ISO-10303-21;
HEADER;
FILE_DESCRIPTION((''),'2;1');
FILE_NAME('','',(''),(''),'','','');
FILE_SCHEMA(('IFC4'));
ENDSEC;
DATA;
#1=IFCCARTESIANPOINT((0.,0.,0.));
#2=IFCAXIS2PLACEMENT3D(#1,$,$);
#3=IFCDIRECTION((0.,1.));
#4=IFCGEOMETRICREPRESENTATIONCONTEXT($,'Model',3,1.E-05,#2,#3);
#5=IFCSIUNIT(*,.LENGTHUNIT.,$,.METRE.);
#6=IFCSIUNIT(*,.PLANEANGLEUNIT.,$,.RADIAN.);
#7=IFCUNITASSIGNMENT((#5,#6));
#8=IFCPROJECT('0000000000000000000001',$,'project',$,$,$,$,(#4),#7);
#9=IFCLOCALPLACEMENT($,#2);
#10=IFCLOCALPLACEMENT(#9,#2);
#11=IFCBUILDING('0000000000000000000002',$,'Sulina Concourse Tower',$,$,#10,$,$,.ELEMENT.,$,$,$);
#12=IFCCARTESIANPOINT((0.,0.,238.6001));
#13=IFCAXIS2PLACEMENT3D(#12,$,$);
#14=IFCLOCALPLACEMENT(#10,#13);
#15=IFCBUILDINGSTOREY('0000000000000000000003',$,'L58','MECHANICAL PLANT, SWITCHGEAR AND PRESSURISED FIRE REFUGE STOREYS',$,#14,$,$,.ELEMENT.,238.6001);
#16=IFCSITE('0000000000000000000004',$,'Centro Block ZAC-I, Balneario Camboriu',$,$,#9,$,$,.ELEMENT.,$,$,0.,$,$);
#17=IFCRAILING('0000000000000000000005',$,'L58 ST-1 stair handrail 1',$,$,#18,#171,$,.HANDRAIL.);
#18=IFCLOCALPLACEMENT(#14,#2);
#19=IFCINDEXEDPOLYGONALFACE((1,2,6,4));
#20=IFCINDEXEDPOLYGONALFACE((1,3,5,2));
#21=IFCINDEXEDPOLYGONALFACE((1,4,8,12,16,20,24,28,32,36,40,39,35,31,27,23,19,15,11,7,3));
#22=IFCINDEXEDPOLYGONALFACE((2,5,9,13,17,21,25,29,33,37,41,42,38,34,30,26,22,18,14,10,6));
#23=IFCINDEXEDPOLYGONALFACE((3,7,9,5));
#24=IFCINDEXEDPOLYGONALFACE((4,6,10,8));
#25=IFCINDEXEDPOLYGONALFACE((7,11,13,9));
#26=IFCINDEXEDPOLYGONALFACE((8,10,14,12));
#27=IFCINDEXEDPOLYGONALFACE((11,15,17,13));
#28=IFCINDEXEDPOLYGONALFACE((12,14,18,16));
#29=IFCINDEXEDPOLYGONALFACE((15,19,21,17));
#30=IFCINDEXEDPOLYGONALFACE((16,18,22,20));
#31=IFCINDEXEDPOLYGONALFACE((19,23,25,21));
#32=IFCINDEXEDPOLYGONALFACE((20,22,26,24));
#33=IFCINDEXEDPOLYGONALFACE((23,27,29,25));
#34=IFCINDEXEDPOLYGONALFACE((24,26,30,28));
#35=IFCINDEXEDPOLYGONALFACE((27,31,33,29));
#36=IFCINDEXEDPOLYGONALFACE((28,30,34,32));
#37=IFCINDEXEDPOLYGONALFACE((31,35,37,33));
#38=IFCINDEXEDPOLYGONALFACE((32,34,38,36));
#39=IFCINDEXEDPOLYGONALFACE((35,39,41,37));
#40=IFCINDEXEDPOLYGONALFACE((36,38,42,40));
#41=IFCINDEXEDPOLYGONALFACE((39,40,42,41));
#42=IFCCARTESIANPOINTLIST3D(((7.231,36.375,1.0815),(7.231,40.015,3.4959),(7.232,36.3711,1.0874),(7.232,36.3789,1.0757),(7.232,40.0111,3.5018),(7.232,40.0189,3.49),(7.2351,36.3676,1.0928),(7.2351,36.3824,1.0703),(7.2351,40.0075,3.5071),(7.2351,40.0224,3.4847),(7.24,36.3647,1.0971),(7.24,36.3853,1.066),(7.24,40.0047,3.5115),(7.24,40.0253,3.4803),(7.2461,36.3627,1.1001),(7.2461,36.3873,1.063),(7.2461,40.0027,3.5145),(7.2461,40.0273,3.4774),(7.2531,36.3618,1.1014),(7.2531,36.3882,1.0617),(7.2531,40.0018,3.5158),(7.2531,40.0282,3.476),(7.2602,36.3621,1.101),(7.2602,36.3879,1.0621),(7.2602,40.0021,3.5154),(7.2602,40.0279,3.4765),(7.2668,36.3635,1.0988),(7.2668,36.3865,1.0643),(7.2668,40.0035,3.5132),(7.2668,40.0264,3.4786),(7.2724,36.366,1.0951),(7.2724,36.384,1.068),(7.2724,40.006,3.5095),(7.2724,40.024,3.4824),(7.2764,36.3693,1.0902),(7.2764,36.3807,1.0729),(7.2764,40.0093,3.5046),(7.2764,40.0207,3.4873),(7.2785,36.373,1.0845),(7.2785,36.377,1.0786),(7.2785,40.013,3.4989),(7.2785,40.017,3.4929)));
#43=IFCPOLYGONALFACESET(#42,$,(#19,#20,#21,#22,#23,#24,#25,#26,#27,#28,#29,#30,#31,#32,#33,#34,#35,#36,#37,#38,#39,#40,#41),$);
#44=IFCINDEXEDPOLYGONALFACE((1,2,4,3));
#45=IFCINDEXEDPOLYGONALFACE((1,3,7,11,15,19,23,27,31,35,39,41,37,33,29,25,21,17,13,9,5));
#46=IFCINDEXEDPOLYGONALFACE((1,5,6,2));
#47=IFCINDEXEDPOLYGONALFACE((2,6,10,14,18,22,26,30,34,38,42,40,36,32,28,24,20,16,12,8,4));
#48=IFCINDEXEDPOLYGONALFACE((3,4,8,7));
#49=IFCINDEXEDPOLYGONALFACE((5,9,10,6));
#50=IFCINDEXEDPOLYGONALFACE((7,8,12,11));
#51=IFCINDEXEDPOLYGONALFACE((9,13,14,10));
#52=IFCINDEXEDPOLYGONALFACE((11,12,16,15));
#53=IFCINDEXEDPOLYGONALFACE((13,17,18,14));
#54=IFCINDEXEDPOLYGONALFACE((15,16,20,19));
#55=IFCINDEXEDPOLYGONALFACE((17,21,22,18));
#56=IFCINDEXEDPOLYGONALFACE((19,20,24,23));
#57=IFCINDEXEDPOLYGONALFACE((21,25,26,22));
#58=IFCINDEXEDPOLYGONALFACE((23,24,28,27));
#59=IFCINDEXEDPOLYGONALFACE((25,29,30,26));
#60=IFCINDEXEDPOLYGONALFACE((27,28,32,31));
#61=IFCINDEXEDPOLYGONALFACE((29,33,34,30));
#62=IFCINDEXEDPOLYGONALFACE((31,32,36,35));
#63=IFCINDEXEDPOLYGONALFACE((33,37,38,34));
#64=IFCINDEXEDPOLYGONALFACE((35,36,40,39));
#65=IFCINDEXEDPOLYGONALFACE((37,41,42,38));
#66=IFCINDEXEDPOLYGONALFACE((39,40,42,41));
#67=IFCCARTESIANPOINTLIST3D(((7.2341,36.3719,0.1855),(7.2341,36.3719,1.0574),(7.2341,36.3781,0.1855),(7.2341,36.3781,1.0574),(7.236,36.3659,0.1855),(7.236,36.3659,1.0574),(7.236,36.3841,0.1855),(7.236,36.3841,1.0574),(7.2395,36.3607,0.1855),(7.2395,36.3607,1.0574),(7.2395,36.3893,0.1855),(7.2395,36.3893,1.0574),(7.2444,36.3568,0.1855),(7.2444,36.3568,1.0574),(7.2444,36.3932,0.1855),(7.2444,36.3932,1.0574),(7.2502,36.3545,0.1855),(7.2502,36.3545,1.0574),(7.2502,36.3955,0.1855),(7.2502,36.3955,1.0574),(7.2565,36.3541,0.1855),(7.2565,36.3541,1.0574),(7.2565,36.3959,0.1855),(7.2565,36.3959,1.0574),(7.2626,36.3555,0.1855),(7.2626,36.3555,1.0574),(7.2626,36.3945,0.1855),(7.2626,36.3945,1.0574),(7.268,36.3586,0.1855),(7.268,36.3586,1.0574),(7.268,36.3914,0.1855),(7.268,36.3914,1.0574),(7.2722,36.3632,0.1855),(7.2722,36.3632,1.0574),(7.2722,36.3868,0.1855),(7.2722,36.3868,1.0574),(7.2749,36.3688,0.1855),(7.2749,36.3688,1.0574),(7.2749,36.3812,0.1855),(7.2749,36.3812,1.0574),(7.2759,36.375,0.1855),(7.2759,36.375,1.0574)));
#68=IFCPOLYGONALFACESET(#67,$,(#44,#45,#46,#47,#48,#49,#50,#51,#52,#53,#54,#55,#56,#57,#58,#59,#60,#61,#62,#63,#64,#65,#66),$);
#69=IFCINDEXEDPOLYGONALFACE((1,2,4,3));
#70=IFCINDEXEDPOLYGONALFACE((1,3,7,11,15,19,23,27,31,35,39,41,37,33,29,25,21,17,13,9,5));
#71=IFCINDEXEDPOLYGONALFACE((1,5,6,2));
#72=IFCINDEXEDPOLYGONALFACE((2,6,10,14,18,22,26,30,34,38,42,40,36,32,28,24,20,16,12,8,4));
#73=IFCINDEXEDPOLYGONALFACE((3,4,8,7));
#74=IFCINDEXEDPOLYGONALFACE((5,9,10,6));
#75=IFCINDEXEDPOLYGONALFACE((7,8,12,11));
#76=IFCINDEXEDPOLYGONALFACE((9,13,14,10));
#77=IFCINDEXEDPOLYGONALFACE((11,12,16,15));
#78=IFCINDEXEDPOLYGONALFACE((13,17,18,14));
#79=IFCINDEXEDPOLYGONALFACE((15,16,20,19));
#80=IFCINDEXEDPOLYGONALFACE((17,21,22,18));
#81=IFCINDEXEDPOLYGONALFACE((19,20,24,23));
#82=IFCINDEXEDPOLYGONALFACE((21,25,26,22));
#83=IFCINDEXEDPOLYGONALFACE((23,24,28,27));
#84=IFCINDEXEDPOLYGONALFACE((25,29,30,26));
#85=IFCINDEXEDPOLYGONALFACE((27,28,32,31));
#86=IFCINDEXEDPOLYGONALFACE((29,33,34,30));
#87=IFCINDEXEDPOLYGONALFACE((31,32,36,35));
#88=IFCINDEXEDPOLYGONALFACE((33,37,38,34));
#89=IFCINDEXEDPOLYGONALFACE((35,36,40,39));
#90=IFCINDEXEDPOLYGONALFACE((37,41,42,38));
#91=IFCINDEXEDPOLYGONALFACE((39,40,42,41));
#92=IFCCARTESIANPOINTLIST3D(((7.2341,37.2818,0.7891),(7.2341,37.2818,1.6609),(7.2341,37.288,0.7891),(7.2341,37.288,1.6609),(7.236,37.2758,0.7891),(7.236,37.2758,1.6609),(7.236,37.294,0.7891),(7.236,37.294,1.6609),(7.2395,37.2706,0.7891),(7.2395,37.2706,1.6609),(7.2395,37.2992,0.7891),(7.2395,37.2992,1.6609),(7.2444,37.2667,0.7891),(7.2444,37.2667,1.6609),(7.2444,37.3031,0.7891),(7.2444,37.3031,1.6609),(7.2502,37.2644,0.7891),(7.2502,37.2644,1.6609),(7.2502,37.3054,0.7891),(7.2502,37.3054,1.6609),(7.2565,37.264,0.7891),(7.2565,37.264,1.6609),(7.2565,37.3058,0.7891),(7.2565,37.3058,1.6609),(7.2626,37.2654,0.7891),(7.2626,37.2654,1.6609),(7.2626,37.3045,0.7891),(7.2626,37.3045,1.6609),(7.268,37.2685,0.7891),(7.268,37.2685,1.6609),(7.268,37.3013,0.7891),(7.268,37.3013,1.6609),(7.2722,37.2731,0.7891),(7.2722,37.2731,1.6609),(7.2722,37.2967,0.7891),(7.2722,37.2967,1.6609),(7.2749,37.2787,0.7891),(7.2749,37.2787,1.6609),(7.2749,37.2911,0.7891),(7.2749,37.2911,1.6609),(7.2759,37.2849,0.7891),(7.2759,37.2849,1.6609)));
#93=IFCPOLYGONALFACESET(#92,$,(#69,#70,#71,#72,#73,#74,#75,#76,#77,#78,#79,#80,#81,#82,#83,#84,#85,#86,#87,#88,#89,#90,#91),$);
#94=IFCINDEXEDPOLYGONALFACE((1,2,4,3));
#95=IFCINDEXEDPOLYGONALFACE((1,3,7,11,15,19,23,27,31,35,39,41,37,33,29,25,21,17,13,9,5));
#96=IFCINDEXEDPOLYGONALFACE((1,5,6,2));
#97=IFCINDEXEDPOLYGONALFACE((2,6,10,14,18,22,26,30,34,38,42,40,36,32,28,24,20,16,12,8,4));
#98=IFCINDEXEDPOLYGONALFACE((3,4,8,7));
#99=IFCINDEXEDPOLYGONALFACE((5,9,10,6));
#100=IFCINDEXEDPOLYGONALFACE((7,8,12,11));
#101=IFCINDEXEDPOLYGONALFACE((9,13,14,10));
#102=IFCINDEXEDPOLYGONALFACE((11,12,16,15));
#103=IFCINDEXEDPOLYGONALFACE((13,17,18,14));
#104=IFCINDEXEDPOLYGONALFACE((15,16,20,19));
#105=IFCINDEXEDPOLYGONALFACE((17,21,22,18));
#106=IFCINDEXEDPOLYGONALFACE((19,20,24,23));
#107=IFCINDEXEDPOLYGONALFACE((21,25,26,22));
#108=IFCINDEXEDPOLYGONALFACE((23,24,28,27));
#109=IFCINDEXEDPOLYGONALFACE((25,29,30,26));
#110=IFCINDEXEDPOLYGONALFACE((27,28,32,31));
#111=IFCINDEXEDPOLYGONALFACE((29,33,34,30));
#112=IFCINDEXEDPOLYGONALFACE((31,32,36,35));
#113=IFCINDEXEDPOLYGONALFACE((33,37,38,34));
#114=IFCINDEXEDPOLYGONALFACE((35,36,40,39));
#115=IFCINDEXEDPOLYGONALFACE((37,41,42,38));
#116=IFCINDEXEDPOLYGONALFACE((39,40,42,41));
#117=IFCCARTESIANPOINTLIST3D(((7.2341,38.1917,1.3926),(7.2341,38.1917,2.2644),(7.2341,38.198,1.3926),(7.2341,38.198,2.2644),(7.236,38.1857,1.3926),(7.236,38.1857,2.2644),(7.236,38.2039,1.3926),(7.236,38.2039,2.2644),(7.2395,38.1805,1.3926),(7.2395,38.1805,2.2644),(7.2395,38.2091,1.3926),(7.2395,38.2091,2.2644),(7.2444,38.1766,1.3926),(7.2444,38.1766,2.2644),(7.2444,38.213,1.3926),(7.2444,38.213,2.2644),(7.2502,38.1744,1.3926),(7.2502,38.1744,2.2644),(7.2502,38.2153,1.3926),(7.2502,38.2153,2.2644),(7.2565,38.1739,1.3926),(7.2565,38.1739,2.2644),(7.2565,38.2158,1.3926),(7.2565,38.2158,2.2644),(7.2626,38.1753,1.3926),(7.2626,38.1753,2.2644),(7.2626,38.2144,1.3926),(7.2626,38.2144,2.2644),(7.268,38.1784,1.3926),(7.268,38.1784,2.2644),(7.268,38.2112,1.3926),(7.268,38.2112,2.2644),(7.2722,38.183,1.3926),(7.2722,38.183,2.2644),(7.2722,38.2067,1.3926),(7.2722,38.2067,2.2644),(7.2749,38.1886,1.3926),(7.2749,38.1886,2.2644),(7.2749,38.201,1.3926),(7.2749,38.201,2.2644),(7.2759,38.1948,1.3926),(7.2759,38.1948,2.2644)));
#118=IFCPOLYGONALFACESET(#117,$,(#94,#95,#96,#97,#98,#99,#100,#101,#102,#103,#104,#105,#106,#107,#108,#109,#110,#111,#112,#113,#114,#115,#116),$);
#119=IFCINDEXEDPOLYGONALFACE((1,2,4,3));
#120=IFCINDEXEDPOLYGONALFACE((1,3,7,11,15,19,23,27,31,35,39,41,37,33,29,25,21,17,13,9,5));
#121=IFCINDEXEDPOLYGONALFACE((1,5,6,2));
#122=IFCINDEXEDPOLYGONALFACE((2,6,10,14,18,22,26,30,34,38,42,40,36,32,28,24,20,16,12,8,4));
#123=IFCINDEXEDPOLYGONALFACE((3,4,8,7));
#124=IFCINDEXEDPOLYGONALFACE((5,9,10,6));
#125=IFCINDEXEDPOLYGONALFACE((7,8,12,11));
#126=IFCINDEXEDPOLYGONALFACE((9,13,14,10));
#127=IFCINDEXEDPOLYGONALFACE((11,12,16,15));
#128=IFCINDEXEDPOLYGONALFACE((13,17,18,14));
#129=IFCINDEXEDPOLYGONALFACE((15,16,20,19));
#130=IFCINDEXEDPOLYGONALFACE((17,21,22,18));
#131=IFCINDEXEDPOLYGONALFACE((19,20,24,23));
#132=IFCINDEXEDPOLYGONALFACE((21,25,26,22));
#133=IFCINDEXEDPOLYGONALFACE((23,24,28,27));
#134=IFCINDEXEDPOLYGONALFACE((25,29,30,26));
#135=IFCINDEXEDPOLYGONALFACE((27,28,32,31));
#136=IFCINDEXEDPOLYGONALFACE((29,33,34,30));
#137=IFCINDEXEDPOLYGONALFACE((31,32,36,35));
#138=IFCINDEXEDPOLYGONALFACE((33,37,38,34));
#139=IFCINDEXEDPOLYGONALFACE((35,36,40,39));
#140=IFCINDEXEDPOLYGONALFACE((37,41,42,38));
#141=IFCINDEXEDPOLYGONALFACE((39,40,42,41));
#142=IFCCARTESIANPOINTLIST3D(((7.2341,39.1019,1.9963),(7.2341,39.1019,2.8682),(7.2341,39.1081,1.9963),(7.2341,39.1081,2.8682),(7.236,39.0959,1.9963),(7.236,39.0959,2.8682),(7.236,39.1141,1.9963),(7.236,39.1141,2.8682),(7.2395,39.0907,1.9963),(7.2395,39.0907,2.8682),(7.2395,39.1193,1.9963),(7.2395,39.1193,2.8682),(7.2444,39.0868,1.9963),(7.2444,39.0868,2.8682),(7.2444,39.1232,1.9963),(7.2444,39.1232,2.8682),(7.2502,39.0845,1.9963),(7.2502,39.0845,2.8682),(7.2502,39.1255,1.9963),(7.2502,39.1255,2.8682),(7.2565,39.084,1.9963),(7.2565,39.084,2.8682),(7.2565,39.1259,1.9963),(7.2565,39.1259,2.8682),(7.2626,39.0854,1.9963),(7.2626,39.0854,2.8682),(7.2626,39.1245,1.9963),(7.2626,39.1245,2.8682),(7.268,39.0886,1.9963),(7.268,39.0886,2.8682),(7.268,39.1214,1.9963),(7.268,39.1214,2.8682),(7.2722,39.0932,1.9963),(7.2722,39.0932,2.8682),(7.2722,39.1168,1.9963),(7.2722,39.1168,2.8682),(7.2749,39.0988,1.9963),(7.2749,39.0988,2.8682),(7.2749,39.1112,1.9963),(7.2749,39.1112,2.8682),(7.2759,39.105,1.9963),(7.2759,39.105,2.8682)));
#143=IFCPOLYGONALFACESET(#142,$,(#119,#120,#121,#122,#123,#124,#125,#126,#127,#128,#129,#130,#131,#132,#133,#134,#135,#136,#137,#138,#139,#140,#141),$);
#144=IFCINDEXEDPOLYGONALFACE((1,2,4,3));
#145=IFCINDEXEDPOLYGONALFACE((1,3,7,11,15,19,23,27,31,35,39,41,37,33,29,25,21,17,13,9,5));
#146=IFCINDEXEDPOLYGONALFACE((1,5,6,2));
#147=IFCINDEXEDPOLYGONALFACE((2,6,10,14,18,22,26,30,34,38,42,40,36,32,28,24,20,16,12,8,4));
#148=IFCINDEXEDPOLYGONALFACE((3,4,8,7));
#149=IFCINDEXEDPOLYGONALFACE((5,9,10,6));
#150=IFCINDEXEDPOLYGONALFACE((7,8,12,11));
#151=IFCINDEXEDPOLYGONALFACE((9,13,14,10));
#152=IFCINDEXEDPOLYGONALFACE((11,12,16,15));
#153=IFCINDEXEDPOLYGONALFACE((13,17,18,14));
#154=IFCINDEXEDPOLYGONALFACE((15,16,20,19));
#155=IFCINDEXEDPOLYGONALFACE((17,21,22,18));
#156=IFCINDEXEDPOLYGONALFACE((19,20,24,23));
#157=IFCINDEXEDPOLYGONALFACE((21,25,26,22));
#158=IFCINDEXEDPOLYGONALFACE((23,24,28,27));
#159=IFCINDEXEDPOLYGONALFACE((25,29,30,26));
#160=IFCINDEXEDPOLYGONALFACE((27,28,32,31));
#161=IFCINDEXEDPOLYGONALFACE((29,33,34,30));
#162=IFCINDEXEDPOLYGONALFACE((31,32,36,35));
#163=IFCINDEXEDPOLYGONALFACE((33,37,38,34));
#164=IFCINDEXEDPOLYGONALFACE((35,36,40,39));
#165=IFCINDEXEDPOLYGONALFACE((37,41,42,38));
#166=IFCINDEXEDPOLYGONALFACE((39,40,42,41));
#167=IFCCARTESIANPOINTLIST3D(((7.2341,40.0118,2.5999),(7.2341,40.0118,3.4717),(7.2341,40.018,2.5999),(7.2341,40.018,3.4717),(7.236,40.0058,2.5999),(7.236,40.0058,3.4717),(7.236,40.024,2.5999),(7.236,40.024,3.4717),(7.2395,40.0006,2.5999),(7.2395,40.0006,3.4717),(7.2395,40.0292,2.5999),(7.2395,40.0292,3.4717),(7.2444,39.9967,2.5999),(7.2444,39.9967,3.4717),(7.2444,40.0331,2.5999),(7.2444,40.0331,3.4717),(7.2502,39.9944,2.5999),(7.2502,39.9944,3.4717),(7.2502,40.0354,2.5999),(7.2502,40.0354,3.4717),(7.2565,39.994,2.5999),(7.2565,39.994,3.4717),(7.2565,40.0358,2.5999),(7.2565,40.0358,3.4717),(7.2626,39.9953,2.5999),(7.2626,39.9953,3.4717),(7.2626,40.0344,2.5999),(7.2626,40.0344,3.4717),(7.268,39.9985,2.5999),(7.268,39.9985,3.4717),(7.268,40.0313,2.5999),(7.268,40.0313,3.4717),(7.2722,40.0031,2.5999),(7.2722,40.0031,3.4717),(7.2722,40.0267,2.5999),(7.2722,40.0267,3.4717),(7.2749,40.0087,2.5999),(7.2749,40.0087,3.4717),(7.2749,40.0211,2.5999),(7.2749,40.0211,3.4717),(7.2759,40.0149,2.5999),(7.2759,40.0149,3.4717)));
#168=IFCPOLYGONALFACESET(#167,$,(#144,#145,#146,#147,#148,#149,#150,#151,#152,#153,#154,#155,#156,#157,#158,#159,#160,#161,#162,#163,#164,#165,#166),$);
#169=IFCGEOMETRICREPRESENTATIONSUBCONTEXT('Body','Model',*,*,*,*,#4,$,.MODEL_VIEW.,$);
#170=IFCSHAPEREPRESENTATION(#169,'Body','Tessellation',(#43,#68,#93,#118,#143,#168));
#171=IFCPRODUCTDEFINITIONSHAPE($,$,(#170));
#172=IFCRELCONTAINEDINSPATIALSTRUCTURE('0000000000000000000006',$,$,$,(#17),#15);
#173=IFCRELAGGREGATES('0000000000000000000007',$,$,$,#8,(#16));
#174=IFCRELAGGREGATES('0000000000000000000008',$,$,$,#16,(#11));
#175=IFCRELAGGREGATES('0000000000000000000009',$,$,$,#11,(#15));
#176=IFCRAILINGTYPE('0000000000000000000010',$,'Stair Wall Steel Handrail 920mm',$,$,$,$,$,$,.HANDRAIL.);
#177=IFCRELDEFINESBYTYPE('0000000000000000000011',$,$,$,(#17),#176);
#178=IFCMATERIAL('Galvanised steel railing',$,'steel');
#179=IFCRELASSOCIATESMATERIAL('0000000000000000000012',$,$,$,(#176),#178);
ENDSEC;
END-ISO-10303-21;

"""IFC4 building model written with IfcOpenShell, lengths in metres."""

from ifc_helpers import new_model, si_unit, direction, frame, origin, origin_2d, place, context, subcontext, project, spatial, circle, extrude, material, type_object, element, save


model = new_model("IFC4")

# Units and contexts
model_context = context("Model", 3, precision=1e-05, world=origin(), true_north=direction((0.0, 1.0)))
body_context = subcontext(model_context, "Body", "Model", "MODEL_VIEW")
ifc_project = project(units=[si_unit("LENGTHUNIT", "METRE"), si_unit("PLANEANGLEUNIT", "RADIAN")], contexts=[model_context])

# Site, building, storey
site_placement = place(None, origin())
site = spatial("IfcSite", under=ifc_project, at=site_placement, Name="Centro Block ZAC-I, Balneario Camboriu", CompositionType="ELEMENT", RefElevation=0.0)
building_placement = place(site_placement, origin())
building = spatial("IfcBuilding", under=site, at=building_placement, Name="Sulina Concourse Tower", CompositionType="ELEMENT")
storey_placement = place(building_placement, frame((0.0, 0.0, 238.6001)))
storey = spatial("IfcBuildingStorey", under=building, at=storey_placement, Name="L58", Description="MECHANICAL PLANT, SWITCHGEAR AND PRESSURISED FIRE REFUGE STOREYS", CompositionType="ELEMENT", Elevation=238.6001)

# Railing
ifc_material_1 = material(Name="Galvanised steel railing", Category="steel")
railing_type_1 = type_object("IfcRailingType", Name="Stair Wall Steel Handrail 920mm", PredefinedType="HANDRAIL", material=ifc_material_1)
railing_1_placement = place(storey_placement, frame((7.2549, 36.375, 0.1855)))
element("IfcRailing", 1, at=railing_1_placement, inside=storey, type_object=railing_type_1, Name="L58 ST-1 stair handrail 1", PredefinedType="HANDRAIL", context=body_context, shape_type="SweptSolid", body=[
    extrude(circle(Radius=0.0239, at=origin_2d()), frame((0.0, 0.0, 0.896), z_axis=(0.0, 0.833347, 0.552751), x_axis=(-1.0, 0.0, 0.0)), (0.0, 0.0, 1.0), 4.3679),
    extrude(circle(Radius=0.021, at=origin_2d()), origin(), (0.0, 0.0, 1.0), 0.8718),
    extrude(circle(Radius=0.021, at=origin_2d()), frame((0.0, 0.9099, 0.6035)), (0.0, 0.0, 1.0), 0.8718),
    extrude(circle(Radius=0.021, at=origin_2d()), frame((0.0, 1.8198, 1.207)), (0.0, 0.0, 1.0), 0.8718),
    extrude(circle(Radius=0.021, at=origin_2d()), frame((0.0, 2.73, 1.8108)), (0.0, 0.0, 1.0), 0.8718),
    extrude(circle(Radius=0.021, at=origin_2d()), frame((0.0, 3.6399, 2.4143)), (0.0, 0.0, 1.0), 0.8718),
])

save(model, "model.ifc")
